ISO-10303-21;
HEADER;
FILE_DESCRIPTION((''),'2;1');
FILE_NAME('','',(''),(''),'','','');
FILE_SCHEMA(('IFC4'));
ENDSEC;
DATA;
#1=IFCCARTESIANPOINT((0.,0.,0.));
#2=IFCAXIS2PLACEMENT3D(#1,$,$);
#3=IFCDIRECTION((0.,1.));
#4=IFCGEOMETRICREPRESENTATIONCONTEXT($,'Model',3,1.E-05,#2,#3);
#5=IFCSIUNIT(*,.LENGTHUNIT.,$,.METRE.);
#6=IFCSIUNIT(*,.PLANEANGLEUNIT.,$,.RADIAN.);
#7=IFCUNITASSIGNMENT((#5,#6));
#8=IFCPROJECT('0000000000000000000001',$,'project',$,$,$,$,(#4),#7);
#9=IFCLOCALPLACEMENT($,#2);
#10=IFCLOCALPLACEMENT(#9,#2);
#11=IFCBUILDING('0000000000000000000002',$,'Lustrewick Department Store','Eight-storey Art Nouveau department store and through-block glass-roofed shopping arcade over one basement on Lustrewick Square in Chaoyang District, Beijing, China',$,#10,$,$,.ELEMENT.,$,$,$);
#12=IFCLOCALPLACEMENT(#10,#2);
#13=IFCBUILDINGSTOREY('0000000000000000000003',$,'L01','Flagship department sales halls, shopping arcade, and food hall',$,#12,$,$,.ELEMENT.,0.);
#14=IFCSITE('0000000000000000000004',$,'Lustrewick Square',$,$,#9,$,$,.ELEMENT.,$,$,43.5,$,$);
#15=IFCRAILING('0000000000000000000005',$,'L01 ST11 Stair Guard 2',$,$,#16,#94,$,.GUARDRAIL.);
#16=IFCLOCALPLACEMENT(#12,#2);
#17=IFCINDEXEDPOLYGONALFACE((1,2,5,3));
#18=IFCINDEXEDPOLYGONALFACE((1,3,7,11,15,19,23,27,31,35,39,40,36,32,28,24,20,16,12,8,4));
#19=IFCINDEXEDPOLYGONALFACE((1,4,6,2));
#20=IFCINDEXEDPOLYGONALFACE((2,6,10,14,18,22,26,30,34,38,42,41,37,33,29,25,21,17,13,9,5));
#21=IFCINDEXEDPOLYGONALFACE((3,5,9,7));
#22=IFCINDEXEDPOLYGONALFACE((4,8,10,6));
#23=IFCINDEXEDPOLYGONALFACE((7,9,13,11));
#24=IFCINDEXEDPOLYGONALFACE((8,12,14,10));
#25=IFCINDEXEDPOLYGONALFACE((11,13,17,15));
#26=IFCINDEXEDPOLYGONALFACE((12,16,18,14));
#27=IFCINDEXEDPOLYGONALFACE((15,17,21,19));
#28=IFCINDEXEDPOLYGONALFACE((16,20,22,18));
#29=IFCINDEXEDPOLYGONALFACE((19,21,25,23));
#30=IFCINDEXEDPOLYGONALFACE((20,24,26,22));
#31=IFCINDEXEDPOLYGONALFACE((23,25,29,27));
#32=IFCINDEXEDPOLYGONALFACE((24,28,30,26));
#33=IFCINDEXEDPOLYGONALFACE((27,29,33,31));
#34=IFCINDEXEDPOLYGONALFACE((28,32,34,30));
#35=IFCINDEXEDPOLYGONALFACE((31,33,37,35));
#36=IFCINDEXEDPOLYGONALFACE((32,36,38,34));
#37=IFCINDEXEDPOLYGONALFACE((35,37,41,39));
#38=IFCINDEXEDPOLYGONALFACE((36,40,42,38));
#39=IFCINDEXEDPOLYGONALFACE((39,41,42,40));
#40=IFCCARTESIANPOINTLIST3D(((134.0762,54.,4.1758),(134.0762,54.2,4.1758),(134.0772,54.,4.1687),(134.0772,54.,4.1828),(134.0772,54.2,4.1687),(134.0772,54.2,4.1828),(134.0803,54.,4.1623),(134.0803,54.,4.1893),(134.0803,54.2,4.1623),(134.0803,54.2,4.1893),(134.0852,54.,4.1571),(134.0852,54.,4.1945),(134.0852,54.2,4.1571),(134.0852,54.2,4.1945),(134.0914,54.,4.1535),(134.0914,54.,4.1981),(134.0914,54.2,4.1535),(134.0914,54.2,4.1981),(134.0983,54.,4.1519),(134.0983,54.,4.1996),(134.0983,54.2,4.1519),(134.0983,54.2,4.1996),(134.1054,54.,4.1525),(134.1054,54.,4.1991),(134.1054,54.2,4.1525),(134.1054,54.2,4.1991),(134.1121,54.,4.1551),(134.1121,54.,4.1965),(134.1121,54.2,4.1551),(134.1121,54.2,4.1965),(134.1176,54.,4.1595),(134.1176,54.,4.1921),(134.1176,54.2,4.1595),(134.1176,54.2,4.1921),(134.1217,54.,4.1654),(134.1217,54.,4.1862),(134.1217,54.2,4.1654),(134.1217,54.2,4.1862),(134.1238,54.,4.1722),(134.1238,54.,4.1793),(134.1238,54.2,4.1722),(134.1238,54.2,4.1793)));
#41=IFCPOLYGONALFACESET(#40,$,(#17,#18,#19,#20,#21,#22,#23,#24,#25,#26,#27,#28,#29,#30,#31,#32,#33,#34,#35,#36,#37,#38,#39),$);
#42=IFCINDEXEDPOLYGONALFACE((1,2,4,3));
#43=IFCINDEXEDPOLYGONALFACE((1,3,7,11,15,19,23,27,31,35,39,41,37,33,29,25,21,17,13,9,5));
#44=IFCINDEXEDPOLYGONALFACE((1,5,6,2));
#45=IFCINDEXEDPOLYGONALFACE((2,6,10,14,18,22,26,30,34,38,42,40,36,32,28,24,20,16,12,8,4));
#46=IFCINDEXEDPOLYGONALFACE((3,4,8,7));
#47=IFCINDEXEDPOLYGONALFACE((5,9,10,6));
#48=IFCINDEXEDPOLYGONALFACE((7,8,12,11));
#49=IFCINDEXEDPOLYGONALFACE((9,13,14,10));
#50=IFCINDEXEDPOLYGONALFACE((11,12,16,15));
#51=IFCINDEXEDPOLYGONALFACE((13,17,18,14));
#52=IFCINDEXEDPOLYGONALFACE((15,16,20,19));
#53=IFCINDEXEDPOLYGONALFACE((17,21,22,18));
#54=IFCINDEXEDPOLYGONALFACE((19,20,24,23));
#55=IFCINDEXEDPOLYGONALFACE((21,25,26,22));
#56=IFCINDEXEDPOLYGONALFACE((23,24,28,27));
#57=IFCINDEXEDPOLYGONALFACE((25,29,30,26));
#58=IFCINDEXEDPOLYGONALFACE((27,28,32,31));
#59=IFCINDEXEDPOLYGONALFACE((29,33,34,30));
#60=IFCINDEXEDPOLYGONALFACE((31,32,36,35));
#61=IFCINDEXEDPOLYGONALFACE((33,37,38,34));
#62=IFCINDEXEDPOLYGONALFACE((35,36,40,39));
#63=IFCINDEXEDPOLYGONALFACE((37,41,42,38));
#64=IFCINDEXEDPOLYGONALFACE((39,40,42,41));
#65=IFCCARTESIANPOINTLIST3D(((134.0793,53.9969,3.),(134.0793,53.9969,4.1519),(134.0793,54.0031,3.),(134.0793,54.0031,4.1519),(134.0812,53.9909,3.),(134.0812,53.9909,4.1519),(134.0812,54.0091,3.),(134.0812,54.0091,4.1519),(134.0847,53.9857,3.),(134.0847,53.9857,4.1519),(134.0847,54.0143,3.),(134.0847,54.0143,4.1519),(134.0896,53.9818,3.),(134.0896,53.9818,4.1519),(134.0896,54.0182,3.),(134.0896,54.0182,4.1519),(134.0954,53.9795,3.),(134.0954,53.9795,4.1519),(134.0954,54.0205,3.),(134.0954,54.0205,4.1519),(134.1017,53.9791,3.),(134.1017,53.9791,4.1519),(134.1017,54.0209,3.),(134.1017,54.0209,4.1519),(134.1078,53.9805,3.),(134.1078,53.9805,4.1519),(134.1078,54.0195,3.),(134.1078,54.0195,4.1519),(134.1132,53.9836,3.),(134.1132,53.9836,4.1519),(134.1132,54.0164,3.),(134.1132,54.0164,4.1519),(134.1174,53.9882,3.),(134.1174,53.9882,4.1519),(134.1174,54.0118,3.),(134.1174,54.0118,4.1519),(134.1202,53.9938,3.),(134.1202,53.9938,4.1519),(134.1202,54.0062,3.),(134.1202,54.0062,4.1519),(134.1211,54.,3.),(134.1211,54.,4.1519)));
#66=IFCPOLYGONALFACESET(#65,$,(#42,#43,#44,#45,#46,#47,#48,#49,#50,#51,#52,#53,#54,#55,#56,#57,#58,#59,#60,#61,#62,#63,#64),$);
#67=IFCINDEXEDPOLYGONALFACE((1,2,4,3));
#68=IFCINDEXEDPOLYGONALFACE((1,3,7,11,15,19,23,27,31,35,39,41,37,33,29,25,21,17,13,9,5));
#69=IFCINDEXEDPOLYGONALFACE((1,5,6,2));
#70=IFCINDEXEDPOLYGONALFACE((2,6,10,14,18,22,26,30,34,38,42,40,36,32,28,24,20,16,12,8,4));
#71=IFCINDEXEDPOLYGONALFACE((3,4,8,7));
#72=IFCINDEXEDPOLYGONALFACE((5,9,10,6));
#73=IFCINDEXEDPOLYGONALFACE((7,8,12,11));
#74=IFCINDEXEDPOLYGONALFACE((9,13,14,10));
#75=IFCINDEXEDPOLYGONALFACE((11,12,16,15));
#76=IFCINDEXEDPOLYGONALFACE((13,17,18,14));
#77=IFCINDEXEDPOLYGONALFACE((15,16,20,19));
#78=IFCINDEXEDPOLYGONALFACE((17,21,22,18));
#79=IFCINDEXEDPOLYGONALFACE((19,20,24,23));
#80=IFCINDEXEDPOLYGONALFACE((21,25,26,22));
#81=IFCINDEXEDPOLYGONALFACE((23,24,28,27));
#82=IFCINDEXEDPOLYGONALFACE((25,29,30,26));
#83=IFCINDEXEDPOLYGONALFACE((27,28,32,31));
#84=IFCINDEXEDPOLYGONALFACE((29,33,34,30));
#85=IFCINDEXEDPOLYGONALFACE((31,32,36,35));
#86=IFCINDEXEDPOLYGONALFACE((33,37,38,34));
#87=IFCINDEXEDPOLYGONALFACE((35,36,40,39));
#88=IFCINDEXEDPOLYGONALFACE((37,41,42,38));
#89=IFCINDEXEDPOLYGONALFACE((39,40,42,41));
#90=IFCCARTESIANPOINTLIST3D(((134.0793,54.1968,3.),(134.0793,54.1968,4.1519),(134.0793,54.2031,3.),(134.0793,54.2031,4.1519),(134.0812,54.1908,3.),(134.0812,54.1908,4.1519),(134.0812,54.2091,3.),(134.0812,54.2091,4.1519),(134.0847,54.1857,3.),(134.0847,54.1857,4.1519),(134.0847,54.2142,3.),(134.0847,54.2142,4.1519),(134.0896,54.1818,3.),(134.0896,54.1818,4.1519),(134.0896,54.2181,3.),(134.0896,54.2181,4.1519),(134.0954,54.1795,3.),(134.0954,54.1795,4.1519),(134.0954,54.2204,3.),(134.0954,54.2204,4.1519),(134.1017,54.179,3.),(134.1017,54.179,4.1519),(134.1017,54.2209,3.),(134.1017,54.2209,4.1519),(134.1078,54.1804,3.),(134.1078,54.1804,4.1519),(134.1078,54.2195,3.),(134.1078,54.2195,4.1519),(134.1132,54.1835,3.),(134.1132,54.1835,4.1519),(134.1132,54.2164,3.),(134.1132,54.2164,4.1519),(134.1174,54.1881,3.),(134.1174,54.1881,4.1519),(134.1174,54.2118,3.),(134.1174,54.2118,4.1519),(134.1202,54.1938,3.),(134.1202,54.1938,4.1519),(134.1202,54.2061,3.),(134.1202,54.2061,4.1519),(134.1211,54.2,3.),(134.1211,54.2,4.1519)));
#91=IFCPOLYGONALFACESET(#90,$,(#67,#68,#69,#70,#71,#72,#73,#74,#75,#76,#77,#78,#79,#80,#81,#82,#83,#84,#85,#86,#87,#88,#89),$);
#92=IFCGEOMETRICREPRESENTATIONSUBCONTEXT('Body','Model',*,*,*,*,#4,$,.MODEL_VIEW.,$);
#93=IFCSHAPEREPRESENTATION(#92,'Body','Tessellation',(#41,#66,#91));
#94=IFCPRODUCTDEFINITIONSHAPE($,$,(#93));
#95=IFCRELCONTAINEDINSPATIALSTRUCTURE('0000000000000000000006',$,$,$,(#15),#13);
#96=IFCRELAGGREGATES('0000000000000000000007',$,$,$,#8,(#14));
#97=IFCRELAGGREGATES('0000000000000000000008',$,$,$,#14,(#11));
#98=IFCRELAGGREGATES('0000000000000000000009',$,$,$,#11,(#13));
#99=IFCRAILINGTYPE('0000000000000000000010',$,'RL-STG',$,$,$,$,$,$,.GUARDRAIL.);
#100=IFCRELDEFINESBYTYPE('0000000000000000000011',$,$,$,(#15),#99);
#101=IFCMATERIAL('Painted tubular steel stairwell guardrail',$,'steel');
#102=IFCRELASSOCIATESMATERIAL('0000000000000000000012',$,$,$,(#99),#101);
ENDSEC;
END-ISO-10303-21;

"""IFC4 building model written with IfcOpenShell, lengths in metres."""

from ifc_helpers import new_model, si_unit, direction, frame, origin, origin_2d, place, context, subcontext, project, spatial, circle, extrude, material, type_object, element, save


model = new_model("IFC4")

# Units and contexts
model_context = context("Model", 3, precision=1e-05, world=origin(), true_north=direction((0.0, 1.0)))
body_context = subcontext(model_context, "Body", "Model", "MODEL_VIEW")
ifc_project = project(units=[si_unit("LENGTHUNIT", "METRE"), si_unit("PLANEANGLEUNIT", "RADIAN")], contexts=[model_context])

# Site, building, storey
site_placement = place(None, origin())
site = spatial("IfcSite", under=ifc_project, at=site_placement, Name="Lustrewick Square", CompositionType="ELEMENT", RefElevation=43.5)
building_placement = place(site_placement, origin())
building = spatial("IfcBuilding", under=site, at=building_placement, Name="Lustrewick Department Store", Description="Eight-storey Art Nouveau department store and through-block glass-roofed shopping arcade over one basement on Lustrewick Square in Chaoyang District, Beijing, China", CompositionType="ELEMENT")
storey_placement = place(building_placement, origin())
storey = spatial("IfcBuildingStorey", under=building, at=storey_placement, Name="L01", Description="Flagship department sales halls, shopping arcade, and food hall", CompositionType="ELEMENT", Elevation=0.0)

# Railing
ifc_material_1 = material(Name="Painted tubular steel stairwell guardrail", Category="steel")
railing_type_1 = type_object("IfcRailingType", Name="RL-STG", PredefinedType="GUARDRAIL", material=ifc_material_1)
railing_1_placement = place(storey_placement, frame((134.1001, 54.0, 3.0)))
element("IfcRailing", 1, at=railing_1_placement, inside=storey, type_object=railing_type_1, Name="L01 ST11 Stair Guard 2", PredefinedType="GUARDRAIL", context=body_context, shape_type="SweptSolid", body=[
    extrude(circle(Radius=0.0239, at=origin_2d()), frame((0.0, 0.0, 1.1758), z_axis=(0.0, 1.0, 0.0), x_axis=(-1.0, 0.0, 0.0)), (0.0, 0.0, 1.0), 0.2),
    extrude(circle(Radius=0.021, at=origin_2d()), origin(), (0.0, 0.0, 1.0), 1.1519),
    extrude(circle(Radius=0.021, at=origin_2d()), frame((0.0, 0.2, 0.0)), (0.0, 0.0, 1.0), 1.1519),
])

save(model, "model.ifc")
